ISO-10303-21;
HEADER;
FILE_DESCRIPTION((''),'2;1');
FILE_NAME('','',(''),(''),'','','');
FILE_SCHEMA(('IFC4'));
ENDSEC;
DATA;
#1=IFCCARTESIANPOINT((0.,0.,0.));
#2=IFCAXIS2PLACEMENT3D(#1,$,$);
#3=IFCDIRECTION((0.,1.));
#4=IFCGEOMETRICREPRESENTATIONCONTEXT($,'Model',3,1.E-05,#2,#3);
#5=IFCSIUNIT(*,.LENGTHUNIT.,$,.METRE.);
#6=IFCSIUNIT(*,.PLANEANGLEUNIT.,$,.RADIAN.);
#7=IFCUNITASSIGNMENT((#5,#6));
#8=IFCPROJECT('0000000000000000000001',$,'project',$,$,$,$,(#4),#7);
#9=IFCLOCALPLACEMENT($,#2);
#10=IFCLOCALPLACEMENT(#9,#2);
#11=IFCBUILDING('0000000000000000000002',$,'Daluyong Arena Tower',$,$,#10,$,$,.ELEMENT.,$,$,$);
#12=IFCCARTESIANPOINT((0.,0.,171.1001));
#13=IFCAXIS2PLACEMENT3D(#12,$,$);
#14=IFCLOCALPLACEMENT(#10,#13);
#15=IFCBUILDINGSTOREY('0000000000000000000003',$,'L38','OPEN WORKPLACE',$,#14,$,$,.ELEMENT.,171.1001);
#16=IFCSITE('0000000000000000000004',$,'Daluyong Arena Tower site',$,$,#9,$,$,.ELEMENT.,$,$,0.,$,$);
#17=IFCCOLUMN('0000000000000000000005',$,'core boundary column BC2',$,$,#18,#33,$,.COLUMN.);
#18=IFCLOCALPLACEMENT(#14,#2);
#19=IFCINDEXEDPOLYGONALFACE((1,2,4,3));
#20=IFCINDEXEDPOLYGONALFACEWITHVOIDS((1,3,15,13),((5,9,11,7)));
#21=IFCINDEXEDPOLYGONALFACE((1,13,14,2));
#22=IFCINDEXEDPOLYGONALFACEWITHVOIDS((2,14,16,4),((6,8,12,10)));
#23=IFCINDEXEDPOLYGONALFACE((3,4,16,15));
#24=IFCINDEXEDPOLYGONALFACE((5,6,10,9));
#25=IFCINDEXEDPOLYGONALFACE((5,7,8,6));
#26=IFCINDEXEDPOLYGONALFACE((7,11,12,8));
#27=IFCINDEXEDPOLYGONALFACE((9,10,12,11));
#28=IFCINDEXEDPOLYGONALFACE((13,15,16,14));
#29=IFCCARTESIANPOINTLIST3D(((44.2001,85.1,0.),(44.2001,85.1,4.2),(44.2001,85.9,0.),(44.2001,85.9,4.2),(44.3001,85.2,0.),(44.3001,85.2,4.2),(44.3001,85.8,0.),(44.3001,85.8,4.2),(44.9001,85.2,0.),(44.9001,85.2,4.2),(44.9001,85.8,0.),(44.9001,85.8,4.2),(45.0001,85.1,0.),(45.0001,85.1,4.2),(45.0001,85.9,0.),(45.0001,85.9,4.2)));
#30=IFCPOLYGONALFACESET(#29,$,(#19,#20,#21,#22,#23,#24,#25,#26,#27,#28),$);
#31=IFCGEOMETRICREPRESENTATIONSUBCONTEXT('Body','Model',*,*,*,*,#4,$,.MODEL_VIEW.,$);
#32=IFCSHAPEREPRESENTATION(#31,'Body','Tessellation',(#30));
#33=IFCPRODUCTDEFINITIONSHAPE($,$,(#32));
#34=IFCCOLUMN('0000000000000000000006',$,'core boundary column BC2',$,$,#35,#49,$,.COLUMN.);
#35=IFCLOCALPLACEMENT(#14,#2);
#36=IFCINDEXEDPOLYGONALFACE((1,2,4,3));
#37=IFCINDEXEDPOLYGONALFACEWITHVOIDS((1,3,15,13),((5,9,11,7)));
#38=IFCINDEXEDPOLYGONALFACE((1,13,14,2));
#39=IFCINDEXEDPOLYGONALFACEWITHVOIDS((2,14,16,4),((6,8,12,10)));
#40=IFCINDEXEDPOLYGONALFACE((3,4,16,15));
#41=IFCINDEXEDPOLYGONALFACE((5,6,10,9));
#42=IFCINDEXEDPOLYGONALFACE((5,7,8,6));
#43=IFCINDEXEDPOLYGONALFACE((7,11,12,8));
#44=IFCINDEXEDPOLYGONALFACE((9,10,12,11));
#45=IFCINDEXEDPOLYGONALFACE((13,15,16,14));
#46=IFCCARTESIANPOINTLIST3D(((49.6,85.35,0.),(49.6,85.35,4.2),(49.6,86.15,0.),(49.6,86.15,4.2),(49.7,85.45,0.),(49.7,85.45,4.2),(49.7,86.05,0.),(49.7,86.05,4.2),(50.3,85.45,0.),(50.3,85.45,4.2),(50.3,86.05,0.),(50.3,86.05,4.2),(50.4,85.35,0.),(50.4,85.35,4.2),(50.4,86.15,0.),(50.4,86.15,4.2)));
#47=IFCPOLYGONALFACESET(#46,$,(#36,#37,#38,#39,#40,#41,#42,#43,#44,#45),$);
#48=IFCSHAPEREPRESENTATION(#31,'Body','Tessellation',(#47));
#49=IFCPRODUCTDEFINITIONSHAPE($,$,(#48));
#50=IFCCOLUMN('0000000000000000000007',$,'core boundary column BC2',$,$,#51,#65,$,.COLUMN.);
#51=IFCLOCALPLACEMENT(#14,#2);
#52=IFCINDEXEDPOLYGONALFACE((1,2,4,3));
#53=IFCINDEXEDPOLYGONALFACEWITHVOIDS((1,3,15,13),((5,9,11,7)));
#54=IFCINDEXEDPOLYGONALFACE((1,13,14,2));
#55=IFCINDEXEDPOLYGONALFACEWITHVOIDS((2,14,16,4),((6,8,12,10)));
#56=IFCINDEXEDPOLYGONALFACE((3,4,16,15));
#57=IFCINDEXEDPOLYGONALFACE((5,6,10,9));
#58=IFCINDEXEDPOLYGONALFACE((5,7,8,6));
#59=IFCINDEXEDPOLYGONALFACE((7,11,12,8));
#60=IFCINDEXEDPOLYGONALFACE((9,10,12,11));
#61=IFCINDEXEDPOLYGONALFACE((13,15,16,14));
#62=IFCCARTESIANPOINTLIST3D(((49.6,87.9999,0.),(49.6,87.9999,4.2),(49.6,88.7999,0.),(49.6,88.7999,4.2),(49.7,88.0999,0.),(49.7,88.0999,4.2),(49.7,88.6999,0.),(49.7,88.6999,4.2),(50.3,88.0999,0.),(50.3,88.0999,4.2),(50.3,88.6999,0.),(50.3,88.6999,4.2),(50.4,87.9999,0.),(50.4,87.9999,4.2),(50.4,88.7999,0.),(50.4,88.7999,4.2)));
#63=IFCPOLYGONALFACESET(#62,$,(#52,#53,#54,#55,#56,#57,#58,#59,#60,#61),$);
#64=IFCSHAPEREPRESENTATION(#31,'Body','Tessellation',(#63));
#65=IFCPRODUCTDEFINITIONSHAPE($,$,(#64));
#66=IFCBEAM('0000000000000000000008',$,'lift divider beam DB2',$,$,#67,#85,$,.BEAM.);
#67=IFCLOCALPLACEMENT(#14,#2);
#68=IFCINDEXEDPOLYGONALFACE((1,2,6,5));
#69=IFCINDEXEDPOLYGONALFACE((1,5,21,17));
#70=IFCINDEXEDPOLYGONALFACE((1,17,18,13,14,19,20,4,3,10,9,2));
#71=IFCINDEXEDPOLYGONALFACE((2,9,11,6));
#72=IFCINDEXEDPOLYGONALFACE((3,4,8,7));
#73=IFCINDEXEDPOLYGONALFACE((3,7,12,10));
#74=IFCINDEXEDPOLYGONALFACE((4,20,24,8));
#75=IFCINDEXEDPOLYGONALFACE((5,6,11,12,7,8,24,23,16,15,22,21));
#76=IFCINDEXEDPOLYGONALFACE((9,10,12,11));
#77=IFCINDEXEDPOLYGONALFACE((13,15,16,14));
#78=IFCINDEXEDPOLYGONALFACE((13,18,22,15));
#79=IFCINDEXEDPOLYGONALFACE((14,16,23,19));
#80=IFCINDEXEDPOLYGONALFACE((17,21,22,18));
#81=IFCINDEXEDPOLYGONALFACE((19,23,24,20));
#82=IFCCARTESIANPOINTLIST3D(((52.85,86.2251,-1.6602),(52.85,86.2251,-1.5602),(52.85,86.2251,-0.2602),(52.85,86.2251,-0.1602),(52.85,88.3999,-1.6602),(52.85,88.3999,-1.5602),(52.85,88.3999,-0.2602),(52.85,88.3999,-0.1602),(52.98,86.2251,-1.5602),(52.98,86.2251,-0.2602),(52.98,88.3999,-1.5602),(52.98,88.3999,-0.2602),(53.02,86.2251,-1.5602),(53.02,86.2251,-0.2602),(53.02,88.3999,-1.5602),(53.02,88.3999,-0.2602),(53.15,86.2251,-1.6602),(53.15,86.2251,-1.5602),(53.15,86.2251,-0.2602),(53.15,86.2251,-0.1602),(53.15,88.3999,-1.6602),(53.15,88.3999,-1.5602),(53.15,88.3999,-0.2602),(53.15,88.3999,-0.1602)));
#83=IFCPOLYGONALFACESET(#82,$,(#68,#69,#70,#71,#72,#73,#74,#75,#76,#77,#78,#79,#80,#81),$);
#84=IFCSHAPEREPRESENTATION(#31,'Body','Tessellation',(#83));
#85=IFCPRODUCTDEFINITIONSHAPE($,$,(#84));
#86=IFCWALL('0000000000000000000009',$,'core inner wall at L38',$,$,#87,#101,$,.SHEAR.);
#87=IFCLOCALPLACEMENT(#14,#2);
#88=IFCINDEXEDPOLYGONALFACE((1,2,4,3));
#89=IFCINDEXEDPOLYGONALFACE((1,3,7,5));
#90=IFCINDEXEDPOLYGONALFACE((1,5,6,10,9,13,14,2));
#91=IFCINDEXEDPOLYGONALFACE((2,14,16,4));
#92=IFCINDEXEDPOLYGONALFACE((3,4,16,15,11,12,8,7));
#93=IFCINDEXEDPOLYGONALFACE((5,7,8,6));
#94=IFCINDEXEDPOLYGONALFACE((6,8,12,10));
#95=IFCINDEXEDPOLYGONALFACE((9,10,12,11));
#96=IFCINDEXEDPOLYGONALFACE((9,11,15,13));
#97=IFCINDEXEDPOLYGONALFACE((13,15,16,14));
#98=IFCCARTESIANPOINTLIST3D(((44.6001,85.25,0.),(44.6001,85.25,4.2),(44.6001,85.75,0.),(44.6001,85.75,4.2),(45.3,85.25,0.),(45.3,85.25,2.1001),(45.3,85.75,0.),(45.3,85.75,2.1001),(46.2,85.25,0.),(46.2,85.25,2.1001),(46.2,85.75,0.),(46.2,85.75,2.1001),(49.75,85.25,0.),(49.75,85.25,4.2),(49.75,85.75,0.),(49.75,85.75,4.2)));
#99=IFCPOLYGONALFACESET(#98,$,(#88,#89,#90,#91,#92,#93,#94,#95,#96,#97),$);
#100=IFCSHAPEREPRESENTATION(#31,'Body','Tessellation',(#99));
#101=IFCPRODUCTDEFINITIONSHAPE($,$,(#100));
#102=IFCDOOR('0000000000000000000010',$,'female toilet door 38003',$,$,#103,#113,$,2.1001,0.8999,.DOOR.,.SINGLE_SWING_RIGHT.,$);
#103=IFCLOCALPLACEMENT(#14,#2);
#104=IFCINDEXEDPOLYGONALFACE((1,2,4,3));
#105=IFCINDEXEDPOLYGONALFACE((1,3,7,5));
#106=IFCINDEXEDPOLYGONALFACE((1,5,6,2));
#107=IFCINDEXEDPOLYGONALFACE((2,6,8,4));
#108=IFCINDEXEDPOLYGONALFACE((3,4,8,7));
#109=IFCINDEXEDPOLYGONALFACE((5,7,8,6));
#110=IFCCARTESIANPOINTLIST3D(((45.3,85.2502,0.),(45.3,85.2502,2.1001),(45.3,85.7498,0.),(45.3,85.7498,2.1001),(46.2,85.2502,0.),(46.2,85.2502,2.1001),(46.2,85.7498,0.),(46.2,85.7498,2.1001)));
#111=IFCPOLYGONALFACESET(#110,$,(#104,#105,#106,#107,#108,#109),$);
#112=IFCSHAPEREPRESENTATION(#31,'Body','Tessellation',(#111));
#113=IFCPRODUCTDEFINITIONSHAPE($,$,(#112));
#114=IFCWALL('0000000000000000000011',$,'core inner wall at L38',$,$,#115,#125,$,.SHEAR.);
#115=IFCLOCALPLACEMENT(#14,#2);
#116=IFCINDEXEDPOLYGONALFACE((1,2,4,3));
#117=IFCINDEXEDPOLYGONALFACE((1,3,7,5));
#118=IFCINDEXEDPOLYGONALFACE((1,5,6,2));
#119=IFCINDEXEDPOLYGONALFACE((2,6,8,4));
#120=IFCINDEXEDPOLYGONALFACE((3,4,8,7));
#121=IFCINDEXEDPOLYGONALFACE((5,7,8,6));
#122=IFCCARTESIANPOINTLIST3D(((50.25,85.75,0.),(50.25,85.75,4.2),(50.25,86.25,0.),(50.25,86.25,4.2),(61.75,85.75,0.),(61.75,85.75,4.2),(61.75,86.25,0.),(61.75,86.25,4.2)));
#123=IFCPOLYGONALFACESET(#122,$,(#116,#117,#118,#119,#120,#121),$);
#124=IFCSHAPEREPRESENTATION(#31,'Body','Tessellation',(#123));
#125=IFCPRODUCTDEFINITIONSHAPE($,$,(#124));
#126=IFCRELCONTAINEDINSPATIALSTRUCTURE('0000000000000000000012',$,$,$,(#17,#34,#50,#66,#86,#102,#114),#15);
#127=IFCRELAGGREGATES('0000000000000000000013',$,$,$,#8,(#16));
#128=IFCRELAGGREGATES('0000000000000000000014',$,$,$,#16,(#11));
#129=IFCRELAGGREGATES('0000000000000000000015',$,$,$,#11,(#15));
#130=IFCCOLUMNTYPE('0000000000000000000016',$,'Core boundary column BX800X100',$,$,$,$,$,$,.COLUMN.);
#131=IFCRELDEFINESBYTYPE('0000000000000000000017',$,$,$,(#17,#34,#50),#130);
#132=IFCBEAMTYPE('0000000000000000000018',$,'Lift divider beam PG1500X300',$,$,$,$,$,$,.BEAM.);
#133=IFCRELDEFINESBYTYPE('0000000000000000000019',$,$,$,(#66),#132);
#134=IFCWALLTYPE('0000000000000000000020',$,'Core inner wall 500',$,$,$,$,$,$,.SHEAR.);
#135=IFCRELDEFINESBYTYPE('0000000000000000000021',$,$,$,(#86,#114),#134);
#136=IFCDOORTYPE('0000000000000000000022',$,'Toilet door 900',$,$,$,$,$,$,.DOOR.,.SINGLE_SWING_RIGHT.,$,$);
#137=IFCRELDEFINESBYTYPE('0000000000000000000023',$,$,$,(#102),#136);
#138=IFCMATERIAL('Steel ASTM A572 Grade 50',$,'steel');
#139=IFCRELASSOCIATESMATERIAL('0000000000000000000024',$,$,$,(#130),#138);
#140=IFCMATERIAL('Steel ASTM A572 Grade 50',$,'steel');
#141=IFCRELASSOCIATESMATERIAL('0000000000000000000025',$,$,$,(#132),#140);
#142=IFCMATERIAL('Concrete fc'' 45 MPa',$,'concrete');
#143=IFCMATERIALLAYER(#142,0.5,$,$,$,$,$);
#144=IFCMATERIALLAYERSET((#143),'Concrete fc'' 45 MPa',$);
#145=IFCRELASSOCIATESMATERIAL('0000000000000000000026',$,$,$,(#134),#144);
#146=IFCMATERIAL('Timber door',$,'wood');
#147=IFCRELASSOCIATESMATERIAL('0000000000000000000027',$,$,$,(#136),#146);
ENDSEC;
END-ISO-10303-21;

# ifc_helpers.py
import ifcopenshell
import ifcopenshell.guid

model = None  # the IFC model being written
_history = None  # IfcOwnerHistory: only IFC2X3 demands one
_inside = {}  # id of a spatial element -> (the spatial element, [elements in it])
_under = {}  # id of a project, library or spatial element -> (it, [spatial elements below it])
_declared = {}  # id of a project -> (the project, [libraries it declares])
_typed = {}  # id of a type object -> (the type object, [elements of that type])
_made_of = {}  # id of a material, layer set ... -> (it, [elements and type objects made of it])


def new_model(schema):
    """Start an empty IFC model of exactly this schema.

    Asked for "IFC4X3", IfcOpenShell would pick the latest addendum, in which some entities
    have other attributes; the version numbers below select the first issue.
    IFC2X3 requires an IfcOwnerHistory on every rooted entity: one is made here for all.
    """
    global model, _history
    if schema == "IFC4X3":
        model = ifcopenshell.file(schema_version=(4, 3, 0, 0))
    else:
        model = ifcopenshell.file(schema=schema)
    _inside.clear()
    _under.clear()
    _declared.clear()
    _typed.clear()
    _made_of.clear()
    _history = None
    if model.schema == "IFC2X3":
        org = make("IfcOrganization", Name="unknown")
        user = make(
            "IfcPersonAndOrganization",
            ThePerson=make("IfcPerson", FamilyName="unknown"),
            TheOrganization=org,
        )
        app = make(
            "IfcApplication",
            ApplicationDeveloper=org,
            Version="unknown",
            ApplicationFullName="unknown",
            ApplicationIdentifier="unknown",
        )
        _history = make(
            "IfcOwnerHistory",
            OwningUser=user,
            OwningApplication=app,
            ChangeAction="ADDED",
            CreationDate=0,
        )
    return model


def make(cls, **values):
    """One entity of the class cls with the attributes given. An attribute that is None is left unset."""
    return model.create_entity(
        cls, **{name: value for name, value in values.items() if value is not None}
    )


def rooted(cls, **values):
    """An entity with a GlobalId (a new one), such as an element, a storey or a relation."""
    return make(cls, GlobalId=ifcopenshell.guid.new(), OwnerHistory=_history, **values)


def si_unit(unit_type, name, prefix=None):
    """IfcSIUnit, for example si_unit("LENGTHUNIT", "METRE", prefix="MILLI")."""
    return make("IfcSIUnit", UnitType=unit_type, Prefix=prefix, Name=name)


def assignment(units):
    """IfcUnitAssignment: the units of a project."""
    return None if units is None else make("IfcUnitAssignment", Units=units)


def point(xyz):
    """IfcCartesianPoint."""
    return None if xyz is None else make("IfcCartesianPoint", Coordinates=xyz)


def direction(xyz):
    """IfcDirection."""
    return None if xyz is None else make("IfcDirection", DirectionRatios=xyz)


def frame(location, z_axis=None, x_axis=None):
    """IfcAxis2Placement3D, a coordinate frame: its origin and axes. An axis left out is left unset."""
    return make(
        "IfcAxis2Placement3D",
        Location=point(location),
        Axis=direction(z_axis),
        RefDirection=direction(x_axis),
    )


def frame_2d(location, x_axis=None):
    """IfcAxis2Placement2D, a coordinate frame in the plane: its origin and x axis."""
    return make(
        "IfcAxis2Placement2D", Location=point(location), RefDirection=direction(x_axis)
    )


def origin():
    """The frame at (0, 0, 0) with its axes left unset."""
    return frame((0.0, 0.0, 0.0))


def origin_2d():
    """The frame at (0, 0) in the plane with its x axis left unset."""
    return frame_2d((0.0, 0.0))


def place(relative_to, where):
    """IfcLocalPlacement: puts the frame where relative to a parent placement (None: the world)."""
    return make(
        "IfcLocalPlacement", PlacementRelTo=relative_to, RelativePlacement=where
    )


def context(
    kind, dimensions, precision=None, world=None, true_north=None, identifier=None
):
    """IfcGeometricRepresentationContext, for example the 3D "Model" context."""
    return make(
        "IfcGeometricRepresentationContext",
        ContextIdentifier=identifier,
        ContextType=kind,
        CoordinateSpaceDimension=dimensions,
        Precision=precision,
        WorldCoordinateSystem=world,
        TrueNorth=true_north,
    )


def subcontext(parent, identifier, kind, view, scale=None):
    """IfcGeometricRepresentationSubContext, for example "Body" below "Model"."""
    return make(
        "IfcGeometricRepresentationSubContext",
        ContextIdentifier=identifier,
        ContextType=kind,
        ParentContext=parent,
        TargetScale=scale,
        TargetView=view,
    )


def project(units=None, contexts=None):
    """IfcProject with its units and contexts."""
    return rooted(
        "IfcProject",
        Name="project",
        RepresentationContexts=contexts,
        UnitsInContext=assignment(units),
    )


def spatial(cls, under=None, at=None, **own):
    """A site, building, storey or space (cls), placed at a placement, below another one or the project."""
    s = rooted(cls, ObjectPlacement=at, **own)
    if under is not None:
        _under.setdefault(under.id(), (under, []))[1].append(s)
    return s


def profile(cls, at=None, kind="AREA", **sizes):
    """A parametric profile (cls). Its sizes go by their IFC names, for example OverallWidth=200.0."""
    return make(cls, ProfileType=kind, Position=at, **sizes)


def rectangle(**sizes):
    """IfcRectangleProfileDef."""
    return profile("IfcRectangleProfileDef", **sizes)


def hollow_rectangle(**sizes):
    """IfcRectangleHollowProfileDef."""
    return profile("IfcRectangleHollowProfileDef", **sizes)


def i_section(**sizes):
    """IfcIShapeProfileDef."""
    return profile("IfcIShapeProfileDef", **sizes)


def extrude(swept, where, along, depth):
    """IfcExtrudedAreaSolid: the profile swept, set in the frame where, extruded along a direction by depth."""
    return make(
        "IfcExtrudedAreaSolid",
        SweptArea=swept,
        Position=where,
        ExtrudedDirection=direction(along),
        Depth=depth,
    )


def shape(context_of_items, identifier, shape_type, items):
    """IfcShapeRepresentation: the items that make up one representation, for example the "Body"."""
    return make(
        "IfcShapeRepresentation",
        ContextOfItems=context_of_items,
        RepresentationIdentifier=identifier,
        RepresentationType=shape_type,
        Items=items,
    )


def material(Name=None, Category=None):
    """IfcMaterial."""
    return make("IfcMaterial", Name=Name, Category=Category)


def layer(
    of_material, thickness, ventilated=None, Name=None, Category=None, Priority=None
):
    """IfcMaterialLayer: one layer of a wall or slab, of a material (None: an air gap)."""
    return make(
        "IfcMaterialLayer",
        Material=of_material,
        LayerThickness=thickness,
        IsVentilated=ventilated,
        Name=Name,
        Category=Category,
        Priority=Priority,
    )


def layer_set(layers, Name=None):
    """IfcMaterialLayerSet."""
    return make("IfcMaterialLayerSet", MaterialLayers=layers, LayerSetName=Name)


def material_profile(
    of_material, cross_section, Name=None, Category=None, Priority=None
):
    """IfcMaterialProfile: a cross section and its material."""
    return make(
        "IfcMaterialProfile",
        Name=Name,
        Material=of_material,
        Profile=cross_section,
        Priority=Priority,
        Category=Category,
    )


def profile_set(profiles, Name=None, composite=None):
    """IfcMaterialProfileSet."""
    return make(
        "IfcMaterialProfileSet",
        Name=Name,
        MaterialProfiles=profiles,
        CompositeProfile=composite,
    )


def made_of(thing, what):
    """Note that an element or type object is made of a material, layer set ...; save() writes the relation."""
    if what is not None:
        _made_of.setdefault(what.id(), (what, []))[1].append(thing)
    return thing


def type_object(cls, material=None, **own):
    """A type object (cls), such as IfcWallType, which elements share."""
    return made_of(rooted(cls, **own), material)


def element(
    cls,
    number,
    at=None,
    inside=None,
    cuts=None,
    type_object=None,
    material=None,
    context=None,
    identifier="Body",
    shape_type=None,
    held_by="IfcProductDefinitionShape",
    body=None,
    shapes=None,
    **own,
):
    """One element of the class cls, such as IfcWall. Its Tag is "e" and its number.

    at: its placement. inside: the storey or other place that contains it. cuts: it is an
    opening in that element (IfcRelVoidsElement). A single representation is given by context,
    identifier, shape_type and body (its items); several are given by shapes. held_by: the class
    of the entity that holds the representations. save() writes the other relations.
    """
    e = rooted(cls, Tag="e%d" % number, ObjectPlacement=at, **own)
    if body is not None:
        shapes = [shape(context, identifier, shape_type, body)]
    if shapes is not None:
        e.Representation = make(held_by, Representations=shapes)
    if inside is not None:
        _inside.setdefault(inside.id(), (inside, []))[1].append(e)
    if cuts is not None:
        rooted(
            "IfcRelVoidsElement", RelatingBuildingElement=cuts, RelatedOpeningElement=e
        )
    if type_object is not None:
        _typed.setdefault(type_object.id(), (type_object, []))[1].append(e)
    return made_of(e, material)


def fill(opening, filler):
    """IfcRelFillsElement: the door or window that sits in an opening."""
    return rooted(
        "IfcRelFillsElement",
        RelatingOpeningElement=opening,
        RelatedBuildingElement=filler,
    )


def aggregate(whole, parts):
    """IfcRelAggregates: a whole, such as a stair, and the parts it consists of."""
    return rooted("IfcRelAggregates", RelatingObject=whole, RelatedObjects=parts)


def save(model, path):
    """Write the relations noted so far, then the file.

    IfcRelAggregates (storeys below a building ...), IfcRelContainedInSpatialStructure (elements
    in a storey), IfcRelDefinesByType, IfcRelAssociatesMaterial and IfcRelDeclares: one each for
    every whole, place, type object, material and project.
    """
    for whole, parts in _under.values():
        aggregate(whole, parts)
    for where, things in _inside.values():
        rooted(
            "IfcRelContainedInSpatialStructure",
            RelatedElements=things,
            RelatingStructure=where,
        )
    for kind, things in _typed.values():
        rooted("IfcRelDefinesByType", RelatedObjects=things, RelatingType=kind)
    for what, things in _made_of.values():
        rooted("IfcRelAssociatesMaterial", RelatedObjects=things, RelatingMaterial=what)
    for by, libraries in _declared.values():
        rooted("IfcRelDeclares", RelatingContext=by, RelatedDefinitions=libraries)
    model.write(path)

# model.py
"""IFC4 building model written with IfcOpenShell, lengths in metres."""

from ifc_helpers import new_model, si_unit, direction, frame, frame_2d, origin, origin_2d, place, context, subcontext, project, spatial, rectangle, hollow_rectangle, i_section, extrude, material, layer, layer_set, material_profile, profile_set, type_object, element, fill, save


model = new_model("IFC4")

# Units and contexts
model_context = context("Model", 3, precision=1e-05, world=origin(), true_north=direction((0.0, 1.0)))
body_context = subcontext(model_context, "Body", "Model", "MODEL_VIEW")
ifc_project = project(units=[si_unit("LENGTHUNIT", "METRE"), si_unit("PLANEANGLEUNIT", "RADIAN")], contexts=[model_context])

# Site, building, storey
site_placement = place(None, origin())
site = spatial("IfcSite", under=ifc_project, at=site_placement, Name="Daluyong Arena Tower site", CompositionType="ELEMENT", RefElevation=0.0)
building_placement = place(site_placement, origin())
building = spatial("IfcBuilding", under=site, at=building_placement, Name="Daluyong Arena Tower", CompositionType="ELEMENT")
storey_placement = place(building_placement, frame((0.0, 0.0, 171.1001)))
storey = spatial("IfcBuildingStorey", under=building, at=storey_placement, Name="L38", Description="OPEN WORKPLACE", CompositionType="ELEMENT", Elevation=171.1001)

# Columns
ifc_material_1 = material(Name="Steel ASTM A572 Grade 50", Category="steel")
ifc_material_profile_1 = material_profile(ifc_material_1, hollow_rectangle(XDim=0.8, YDim=0.8, WallThickness=0.1, at=origin_2d()))
ifc_profile_set_1 = profile_set([ifc_material_profile_1], Name="Steel ASTM A572 Grade 50")
column_type = type_object("IfcColumnType", Name="Core boundary column BX800X100", PredefinedType="COLUMN", material=ifc_profile_set_1)
for number, where, z_axis, x_axis, name in (
    (1, (44.6001, 85.5, 0.0), (0.0, 0.0, 1.0), (1.0, 0.0, 0.0), "core boundary column BC2"),
    (2, (50.0, 85.75, 0.0), (0.0, 0.0, 1.0), (1.0, 0.0, 0.0), "core boundary column BC2"),
    (3, (50.0, 88.3999, 0.0), (0.0, 0.0, 1.0), (1.0, 0.0, 0.0), "core boundary column BC2"),
):
    element("IfcColumn", number, at=place(storey_placement, frame(where, z_axis=z_axis, x_axis=x_axis)), inside=storey, type_object=column_type, Name=name, PredefinedType="COLUMN", context=body_context, shape_type="SweptSolid", body=[
        extrude(hollow_rectangle(XDim=0.8, YDim=0.8, WallThickness=0.1, at=origin_2d()), origin(), (0.0, 0.0, 1.0), 4.2),
    ])

# Beam
ifc_material_2 = material(Name="Steel ASTM A572 Grade 50", Category="steel")
ifc_material_profile_2 = material_profile(ifc_material_2, i_section(OverallWidth=0.3, OverallDepth=1.5, WebThickness=0.04, FlangeThickness=0.1, at=origin_2d()))
ifc_profile_set_2 = profile_set([ifc_material_profile_2], Name="Steel ASTM A572 Grade 50")
beam_type = type_object("IfcBeamType", Name="Lift divider beam PG1500X300", PredefinedType="BEAM", material=ifc_profile_set_2)
beam_placement = place(storey_placement, frame((53.0, 86.2251, -0.9102), z_axis=(0.0, 1.0, 0.0), x_axis=(-1.0, 0.0, 0.0)))
element("IfcBeam", 4, at=beam_placement, inside=storey, type_object=beam_type, Name="lift divider beam DB2", PredefinedType="BEAM", context=body_context, shape_type="SweptSolid", body=[
    extrude(i_section(OverallWidth=0.3, OverallDepth=1.5, WebThickness=0.04, FlangeThickness=0.1, at=origin_2d()), origin(), (0.0, 0.0, 1.0), 2.1748),
])

# Wall, opening, door
ifc_material_3 = material(Name="Concrete fc' 45 MPa", Category="concrete")
ifc_layer_1 = layer(ifc_material_3, 0.5)
ifc_layer_set_1 = layer_set([ifc_layer_1], Name="Concrete fc' 45 MPa")
wall_type_1 = type_object("IfcWallType", Name="Core inner wall 500", PredefinedType="SHEAR", material=ifc_layer_set_1)
wall_1_placement = place(storey_placement, frame((44.6001, 85.5, 0.0), z_axis=(0.0, 0.0, 1.0), x_axis=(1.0, 0.0, 0.0)))
wall_1 = element("IfcWall", 5, at=wall_1_placement, inside=storey, type_object=wall_type_1, Name="core inner wall at L38", PredefinedType="SHEAR", context=body_context, shape_type="SweptSolid", body=[
    extrude(rectangle(XDim=5.1499, YDim=0.5, at=frame_2d((2.575, 0.0))), origin(), (0.0, 0.0, 1.0), 4.2),
])
opening_1_placement = place(wall_1_placement, frame((0.7, 0.0, 0.0)))
opening_1 = element("IfcOpeningElement", 6, at=opening_1_placement, cuts=wall_1, PredefinedType="OPENING", context=body_context, shape_type="SweptSolid", body=[
    extrude(rectangle(XDim=0.8999, YDim=2.1001, at=frame_2d((0.45, 1.05))), frame((0.0, 0.26, 0.0), z_axis=(0.0, -1.0, 0.0), x_axis=(1.0, 0.0, 0.0)), (0.0, 0.0, 1.0), 0.52),
])
ifc_material_4 = material(Name="Timber door", Category="wood")
door_type_1 = type_object("IfcDoorType", Name="Toilet door 900", OperationType="SINGLE_SWING_RIGHT", PredefinedType="DOOR", material=ifc_material_4)
door_1_placement = place(opening_1_placement, origin())
door_1 = element("IfcDoor", 7, at=door_1_placement, inside=storey, type_object=door_type_1, Name="female toilet door 38003", OperationType="SINGLE_SWING_RIGHT", OverallHeight=2.1001, OverallWidth=0.8999, PredefinedType="DOOR", context=body_context, shape_type="SweptSolid", body=[
    extrude(rectangle(XDim=0.8999, YDim=2.1001, at=frame_2d((0.45, 1.05))), frame((0.0, 0.2498, 0.0), z_axis=(0.0, -1.0, 0.0), x_axis=(1.0, 0.0, 0.0)), (0.0, 0.0, 1.0), 0.4995),
])
fill(opening_1, door_1)

# Wall
wall_2_placement = place(storey_placement, frame((50.25, 86.0, 0.0), z_axis=(0.0, 0.0, 1.0), x_axis=(1.0, 0.0, 0.0)))
element("IfcWall", 8, at=wall_2_placement, inside=storey, type_object=wall_type_1, Name="core inner wall at L38", PredefinedType="SHEAR", context=body_context, shape_type="SweptSolid", body=[
    extrude(rectangle(XDim=11.5, YDim=0.5, at=frame_2d((5.75, 0.0))), origin(), (0.0, 0.0, 1.0), 4.2),
])

save(model, "model.ifc")
